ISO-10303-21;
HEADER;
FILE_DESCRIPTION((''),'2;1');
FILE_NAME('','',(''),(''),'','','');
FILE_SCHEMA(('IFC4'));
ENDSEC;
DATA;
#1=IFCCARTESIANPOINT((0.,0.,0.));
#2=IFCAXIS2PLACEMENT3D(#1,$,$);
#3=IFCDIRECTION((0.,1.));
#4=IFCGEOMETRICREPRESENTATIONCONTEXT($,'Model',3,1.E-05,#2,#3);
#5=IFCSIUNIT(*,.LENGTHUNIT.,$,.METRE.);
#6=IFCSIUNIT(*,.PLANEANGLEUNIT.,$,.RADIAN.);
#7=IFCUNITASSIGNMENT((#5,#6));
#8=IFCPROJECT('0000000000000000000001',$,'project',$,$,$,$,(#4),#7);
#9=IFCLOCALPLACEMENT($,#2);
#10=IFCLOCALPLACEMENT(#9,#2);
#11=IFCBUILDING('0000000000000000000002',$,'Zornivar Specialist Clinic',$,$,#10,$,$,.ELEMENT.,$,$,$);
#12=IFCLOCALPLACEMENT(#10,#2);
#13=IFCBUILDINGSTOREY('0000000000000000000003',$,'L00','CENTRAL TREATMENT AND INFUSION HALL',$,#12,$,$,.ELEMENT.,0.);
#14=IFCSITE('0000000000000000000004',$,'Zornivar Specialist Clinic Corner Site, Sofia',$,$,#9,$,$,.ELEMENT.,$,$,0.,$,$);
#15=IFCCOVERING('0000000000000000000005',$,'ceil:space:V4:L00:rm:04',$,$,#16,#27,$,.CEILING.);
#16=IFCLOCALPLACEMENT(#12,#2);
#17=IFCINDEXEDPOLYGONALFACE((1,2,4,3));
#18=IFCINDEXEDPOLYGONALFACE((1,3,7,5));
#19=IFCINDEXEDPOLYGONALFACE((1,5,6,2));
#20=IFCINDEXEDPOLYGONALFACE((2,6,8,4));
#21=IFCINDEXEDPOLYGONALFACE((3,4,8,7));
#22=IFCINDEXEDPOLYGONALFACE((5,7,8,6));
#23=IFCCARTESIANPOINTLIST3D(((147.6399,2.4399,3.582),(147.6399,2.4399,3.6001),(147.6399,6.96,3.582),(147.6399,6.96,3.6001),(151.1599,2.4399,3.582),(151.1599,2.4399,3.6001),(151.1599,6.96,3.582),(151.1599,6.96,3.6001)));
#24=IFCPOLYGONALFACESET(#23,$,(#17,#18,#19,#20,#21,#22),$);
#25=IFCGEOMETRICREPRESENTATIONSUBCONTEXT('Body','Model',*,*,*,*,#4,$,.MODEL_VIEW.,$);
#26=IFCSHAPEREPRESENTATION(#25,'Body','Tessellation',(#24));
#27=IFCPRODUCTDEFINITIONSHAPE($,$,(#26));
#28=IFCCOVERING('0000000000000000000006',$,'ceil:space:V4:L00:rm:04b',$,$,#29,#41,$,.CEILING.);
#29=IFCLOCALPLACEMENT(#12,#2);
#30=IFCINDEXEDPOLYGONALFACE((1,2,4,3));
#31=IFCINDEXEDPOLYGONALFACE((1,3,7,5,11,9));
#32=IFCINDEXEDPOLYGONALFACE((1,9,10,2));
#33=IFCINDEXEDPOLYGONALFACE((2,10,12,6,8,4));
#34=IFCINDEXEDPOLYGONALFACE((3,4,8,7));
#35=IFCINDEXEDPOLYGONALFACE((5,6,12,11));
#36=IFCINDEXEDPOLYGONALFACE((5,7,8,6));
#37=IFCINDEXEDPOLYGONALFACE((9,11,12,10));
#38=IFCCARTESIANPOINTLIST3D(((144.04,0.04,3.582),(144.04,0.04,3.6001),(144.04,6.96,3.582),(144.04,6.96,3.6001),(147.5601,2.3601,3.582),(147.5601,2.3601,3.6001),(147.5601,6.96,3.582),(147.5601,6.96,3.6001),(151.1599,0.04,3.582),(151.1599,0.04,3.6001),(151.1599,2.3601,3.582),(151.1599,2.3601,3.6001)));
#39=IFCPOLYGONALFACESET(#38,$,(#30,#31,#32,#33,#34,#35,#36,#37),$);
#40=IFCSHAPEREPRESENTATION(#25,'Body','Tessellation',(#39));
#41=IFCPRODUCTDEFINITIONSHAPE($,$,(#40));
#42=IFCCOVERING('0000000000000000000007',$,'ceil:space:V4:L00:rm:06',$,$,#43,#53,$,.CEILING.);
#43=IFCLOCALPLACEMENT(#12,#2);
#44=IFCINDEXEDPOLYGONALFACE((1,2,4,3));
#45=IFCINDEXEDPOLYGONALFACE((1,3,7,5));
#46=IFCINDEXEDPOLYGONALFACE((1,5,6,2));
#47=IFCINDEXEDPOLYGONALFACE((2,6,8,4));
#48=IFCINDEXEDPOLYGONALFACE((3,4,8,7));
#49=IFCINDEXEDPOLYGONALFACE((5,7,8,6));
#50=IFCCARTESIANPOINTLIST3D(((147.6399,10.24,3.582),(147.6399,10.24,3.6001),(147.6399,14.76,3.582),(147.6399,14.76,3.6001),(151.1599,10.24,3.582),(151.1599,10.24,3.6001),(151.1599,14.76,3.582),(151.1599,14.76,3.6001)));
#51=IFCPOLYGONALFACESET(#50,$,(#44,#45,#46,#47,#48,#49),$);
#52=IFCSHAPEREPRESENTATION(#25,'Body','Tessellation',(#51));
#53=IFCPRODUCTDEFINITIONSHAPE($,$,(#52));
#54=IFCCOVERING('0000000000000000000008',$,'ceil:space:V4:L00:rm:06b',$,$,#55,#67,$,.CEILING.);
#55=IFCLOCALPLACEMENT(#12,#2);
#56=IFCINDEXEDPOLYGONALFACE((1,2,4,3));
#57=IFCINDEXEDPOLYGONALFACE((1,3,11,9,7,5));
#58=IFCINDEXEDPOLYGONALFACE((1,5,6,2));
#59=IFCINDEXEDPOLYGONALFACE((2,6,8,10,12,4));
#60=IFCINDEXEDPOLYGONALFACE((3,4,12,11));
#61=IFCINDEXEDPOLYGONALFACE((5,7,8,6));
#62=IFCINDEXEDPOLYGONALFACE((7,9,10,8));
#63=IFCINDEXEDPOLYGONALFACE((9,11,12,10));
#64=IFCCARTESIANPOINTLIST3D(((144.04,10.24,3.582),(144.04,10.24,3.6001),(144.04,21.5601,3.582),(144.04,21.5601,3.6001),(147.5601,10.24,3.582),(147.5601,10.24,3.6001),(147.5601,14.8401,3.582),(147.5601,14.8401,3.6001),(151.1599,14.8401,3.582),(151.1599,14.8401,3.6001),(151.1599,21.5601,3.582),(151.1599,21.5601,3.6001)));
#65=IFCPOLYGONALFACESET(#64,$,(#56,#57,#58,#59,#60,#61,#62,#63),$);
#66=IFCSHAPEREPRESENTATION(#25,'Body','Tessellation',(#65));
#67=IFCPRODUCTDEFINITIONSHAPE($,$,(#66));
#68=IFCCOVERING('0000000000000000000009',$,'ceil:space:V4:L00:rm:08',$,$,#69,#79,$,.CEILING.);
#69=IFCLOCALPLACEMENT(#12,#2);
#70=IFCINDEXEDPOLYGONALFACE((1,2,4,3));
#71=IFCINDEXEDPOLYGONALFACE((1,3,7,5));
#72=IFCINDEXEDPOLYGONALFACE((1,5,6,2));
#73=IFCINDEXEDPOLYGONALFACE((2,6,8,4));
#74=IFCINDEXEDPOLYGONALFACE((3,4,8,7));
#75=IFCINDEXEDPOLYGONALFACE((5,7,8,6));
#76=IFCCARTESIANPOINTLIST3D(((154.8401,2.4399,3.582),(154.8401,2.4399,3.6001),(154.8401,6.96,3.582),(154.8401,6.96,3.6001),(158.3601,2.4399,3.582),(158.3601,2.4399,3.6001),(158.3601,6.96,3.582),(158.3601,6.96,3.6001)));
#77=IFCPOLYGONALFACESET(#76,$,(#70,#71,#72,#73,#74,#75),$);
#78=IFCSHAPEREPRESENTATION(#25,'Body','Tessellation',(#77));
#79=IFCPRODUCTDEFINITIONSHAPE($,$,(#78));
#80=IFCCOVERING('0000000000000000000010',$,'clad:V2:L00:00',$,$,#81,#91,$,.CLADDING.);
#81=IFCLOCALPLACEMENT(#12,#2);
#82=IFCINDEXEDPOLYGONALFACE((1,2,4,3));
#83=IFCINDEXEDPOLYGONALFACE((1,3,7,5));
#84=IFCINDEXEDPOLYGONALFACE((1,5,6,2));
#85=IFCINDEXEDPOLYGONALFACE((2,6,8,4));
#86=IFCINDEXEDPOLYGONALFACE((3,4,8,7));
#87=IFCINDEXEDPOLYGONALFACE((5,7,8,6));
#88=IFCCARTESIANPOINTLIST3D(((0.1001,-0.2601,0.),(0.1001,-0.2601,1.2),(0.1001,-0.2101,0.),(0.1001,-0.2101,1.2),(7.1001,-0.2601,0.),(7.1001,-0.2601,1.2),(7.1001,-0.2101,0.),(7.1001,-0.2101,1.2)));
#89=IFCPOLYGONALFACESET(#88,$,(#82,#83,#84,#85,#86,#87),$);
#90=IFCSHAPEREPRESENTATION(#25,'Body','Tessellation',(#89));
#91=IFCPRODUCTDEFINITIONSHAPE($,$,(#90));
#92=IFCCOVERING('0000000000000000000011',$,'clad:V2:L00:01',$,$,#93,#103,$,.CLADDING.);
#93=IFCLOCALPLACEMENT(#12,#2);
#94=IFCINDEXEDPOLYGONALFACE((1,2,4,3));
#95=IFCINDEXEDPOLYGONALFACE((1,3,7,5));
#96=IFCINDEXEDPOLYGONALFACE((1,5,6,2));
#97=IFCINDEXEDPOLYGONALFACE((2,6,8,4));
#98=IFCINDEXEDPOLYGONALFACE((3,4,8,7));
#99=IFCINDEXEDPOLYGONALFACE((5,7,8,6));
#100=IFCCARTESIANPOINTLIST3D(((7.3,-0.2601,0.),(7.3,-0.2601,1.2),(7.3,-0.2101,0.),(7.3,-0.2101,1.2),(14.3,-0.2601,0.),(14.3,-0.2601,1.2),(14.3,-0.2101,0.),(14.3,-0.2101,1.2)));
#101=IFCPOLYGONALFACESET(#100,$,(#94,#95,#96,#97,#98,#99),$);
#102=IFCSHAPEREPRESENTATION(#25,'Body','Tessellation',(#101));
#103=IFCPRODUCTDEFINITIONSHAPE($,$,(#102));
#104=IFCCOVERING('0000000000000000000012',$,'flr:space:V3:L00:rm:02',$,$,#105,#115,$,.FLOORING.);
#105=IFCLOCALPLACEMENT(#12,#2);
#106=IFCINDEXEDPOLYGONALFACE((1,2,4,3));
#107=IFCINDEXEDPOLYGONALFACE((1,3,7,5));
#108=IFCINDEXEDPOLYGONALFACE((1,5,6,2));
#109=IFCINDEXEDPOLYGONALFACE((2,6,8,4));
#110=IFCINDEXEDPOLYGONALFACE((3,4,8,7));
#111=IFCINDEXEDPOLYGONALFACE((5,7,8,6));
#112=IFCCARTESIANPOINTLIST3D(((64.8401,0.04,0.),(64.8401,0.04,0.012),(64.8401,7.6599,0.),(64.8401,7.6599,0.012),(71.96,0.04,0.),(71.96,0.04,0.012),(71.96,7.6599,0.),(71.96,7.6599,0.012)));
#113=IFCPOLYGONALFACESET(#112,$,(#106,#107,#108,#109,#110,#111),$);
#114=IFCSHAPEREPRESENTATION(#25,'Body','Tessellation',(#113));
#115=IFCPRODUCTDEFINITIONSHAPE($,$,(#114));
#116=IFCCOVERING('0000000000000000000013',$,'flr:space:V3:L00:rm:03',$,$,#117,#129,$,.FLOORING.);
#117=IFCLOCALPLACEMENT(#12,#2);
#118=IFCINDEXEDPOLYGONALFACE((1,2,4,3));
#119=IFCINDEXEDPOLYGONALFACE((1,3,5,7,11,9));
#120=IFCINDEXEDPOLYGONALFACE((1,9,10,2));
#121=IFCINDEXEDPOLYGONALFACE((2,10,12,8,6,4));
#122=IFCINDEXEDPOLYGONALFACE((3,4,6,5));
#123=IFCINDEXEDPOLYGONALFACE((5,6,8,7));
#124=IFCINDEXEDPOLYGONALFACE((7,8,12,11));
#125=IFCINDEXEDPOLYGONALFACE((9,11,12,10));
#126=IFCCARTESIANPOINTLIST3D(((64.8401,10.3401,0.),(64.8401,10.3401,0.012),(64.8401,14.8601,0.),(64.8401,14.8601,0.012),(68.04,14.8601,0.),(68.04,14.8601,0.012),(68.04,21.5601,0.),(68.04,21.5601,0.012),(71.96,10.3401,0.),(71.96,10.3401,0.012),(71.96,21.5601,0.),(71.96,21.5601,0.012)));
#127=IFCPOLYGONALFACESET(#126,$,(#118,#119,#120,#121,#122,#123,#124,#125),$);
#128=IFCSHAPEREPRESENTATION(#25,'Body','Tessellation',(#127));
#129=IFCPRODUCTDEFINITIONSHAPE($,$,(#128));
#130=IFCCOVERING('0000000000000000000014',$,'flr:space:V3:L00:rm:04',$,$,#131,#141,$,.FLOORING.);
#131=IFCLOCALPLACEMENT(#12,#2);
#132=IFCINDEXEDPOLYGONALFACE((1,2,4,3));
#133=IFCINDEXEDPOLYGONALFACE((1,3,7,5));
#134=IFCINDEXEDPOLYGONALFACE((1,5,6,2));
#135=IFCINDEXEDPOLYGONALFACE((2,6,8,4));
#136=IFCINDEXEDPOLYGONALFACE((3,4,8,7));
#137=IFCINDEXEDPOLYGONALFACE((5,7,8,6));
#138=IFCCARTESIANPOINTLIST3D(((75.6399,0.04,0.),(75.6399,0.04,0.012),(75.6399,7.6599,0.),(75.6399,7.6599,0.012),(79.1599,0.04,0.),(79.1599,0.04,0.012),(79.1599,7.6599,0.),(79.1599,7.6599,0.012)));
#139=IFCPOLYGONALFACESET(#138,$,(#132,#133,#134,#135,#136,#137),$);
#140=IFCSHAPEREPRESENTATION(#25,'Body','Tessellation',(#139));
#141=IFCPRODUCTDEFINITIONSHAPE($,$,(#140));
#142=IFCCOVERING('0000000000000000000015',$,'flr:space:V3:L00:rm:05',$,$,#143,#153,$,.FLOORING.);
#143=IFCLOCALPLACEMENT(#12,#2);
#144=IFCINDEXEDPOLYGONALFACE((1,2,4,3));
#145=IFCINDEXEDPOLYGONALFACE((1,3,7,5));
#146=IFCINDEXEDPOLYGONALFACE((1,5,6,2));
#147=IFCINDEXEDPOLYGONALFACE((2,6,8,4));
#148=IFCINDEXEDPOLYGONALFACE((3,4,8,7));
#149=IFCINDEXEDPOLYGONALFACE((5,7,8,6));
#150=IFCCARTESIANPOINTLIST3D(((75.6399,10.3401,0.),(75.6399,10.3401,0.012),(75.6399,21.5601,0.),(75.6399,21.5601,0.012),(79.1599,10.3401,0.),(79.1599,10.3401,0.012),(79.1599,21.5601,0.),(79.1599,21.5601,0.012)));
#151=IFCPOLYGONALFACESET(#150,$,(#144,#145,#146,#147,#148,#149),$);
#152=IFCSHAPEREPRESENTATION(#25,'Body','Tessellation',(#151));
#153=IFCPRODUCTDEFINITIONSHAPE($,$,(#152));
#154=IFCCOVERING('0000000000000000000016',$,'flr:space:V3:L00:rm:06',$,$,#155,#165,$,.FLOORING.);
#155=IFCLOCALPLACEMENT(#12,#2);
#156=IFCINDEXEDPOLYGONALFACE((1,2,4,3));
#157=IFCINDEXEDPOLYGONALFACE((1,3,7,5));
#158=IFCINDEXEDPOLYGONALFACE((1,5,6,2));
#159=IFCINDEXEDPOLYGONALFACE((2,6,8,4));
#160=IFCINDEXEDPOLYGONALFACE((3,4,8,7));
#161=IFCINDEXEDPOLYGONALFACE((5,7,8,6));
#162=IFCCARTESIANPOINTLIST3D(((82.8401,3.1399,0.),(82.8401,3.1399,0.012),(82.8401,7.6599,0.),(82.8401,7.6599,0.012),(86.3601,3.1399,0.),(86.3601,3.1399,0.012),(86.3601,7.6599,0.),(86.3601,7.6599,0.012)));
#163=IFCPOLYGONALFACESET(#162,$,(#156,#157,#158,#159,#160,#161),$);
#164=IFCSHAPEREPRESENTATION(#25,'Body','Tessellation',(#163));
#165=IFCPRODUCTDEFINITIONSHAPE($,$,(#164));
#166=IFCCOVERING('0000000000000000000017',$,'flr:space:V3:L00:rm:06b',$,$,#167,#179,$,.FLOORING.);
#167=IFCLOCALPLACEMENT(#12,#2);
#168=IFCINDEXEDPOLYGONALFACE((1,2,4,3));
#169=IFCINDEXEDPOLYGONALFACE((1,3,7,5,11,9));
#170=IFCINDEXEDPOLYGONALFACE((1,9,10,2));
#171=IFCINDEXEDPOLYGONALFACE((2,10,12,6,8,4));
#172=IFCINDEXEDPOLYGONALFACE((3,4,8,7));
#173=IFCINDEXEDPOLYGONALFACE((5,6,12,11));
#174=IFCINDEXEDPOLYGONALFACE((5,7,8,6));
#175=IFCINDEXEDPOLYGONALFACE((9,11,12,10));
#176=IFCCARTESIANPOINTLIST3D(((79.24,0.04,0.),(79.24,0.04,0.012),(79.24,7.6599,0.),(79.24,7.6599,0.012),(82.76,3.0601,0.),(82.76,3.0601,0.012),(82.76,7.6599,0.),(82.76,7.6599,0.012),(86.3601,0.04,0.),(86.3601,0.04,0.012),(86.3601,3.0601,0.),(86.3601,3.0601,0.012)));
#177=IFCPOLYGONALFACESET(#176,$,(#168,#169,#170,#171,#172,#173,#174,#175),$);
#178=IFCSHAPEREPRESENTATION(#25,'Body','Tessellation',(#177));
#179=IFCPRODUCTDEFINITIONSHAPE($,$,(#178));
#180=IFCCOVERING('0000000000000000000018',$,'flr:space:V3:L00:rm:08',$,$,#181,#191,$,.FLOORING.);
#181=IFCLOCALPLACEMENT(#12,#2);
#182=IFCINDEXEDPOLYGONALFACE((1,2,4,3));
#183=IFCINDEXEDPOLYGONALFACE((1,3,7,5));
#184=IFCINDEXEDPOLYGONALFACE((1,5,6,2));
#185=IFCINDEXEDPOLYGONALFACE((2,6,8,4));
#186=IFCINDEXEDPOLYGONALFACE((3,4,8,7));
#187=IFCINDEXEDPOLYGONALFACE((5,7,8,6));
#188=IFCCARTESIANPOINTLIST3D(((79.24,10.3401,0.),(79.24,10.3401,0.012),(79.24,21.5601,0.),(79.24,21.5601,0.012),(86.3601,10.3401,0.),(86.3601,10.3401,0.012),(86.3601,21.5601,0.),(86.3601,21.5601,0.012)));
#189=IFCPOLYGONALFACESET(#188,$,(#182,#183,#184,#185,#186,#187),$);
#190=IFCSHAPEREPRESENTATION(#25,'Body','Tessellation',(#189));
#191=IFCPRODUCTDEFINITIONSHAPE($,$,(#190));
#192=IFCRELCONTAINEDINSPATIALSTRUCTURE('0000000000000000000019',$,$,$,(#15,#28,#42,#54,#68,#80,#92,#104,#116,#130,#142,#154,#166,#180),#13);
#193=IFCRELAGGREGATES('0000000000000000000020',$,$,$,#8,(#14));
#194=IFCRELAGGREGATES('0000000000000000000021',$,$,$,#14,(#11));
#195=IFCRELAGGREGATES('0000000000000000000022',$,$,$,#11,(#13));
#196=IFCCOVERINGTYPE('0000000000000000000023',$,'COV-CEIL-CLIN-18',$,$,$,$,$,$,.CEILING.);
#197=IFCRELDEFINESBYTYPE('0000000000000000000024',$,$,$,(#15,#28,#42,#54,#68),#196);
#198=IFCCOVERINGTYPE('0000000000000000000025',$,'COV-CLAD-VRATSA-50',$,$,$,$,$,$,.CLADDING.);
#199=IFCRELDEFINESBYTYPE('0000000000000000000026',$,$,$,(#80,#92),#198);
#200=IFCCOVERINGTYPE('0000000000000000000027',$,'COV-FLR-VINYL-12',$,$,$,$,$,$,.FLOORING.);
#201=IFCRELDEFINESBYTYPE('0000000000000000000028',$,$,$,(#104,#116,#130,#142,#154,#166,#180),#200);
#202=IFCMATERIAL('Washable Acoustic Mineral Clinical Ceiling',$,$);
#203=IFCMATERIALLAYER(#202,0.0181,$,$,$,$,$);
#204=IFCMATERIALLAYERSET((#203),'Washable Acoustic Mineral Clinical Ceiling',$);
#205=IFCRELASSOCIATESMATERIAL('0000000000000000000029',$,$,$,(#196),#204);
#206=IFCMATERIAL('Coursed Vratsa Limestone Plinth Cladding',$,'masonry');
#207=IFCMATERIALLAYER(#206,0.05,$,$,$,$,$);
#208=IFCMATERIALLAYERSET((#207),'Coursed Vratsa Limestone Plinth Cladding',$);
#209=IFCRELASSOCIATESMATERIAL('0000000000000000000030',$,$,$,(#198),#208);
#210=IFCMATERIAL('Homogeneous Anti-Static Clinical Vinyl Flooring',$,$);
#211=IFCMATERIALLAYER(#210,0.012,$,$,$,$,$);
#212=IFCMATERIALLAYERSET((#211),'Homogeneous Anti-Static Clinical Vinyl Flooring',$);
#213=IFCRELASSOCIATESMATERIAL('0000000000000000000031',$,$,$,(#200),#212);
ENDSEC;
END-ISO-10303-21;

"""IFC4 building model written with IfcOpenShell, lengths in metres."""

from ifc_helpers import new_model, si_unit, direction, frame, origin, origin_2d, place, context, subcontext, project, spatial, polyline, rectangle, outline, extrude, material, layer, layer_set, type_object, element, save


model = new_model("IFC4")

# Units and contexts
model_context = context("Model", 3, precision=1e-05, world=origin(), true_north=direction((0.0, 1.0)))
body_context = subcontext(model_context, "Body", "Model", "MODEL_VIEW")
ifc_project = project(units=[si_unit("LENGTHUNIT", "METRE"), si_unit("PLANEANGLEUNIT", "RADIAN")], contexts=[model_context])

# Site, building, storey
site_placement = place(None, origin())
site = spatial("IfcSite", under=ifc_project, at=site_placement, Name="Zornivar Specialist Clinic Corner Site, Sofia", CompositionType="ELEMENT", RefElevation=0.0)
building_placement = place(site_placement, origin())
building = spatial("IfcBuilding", under=site, at=building_placement, Name="Zornivar Specialist Clinic", CompositionType="ELEMENT")
storey_placement = place(building_placement, origin())
storey = spatial("IfcBuildingStorey", under=building, at=storey_placement, Name="L00", Description="CENTRAL TREATMENT AND INFUSION HALL", CompositionType="ELEMENT", Elevation=0.0)

# Coverings
ifc_material_1 = material(Name="Washable Acoustic Mineral Clinical Ceiling")
ifc_layer_1 = layer(ifc_material_1, 0.0181)
ifc_layer_set_1 = layer_set([ifc_layer_1], Name="Washable Acoustic Mineral Clinical Ceiling")
covering_type_1 = type_object("IfcCoveringType", Name="COV-CEIL-CLIN-18", PredefinedType="CEILING", material=ifc_layer_set_1)
covering_1_placement = place(storey_placement, frame((0.0, 0.0, 3.582)))
element("IfcCovering", 1, at=covering_1_placement, inside=storey, type_object=covering_type_1, Name="ceil:space:V4:L00:rm:04", PredefinedType="CEILING", context=body_context, shape_type="SweptSolid", body=[
    extrude(outline(polyline([(151.1599, 2.4399), (147.6399, 2.4399), (147.6399, 6.96), (151.1599, 6.96), (151.1599, 2.4399)])), origin(), (0.0, 0.0, 1.0), 0.0181),
])
covering_2_placement = place(storey_placement, frame((0.0, 0.0, 3.582)))
element("IfcCovering", 2, at=covering_2_placement, inside=storey, type_object=covering_type_1, Name="ceil:space:V4:L00:rm:04b", PredefinedType="CEILING", context=body_context, shape_type="SweptSolid", body=[
    extrude(outline(polyline([(147.5601, 6.96), (147.5601, 2.3601), (151.1599, 2.3601), (151.1599, 0.04), (144.04, 0.04), (144.04, 6.96), (147.5601, 6.96)])), origin(), (0.0, 0.0, 1.0), 0.0181),
])
covering_3_placement = place(storey_placement, frame((0.0, 0.0, 3.582)))
element("IfcCovering", 3, at=covering_3_placement, inside=storey, type_object=covering_type_1, Name="ceil:space:V4:L00:rm:06", PredefinedType="CEILING", context=body_context, shape_type="SweptSolid", body=[
    extrude(outline(polyline([(147.6399, 14.76), (151.1599, 14.76), (151.1599, 10.24), (147.6399, 10.24), (147.6399, 14.76)])), origin(), (0.0, 0.0, 1.0), 0.0181),
])
covering_4_placement = place(storey_placement, frame((0.0, 0.0, 3.582)))
element("IfcCovering", 4, at=covering_4_placement, inside=storey, type_object=covering_type_1, Name="ceil:space:V4:L00:rm:06b", PredefinedType="CEILING", context=body_context, shape_type="SweptSolid", body=[
    extrude(outline(polyline([(144.04, 21.5601), (151.1599, 21.5601), (151.1599, 14.8401), (147.5601, 14.8401), (147.5601, 10.24), (144.04, 10.24), (144.04, 21.5601)])), origin(), (0.0, 0.0, 1.0), 0.0181),
])
covering_5_placement = place(storey_placement, frame((0.0, 0.0, 3.582)))
element("IfcCovering", 5, at=covering_5_placement, inside=storey, type_object=covering_type_1, Name="ceil:space:V4:L00:rm:08", PredefinedType="CEILING", context=body_context, shape_type="SweptSolid", body=[
    extrude(outline(polyline([(158.3601, 2.4399), (154.8401, 2.4399), (154.8401, 6.96), (158.3601, 6.96), (158.3601, 2.4399)])), origin(), (0.0, 0.0, 1.0), 0.0181),
])
ifc_material_2 = material(Name="Coursed Vratsa Limestone Plinth Cladding", Category="masonry")
ifc_layer_2 = layer(ifc_material_2, 0.05)
ifc_layer_set_2 = layer_set([ifc_layer_2], Name="Coursed Vratsa Limestone Plinth Cladding")
covering_type_2 = type_object("IfcCoveringType", Name="COV-CLAD-VRATSA-50", PredefinedType="CLADDING", material=ifc_layer_set_2)
for number, where, z_axis, x_axis, name in (
    (6, (3.6001, -0.2351, 0.0), (0.0, 0.0, 1.0), (1.0, 0.0, 0.0), "clad:V2:L00:00"),
    (7, (10.8, -0.2351, 0.0), (0.0, 0.0, 1.0), (1.0, 0.0, 0.0), "clad:V2:L00:01"),
):
    element("IfcCovering", number, at=place(storey_placement, frame(where, z_axis=z_axis, x_axis=x_axis)), inside=storey, type_object=covering_type_2, Name=name, PredefinedType="CLADDING", context=body_context, shape_type="SweptSolid", body=[
        extrude(rectangle(XDim=7.0, YDim=0.05, at=origin_2d()), origin(), (0.0, 0.0, 1.0), 1.2),
    ])
ifc_material_3 = material(Name="Homogeneous Anti-Static Clinical Vinyl Flooring")
ifc_layer_3 = layer(ifc_material_3, 0.012)
ifc_layer_set_3 = layer_set([ifc_layer_3], Name="Homogeneous Anti-Static Clinical Vinyl Flooring")
covering_type_3 = type_object("IfcCoveringType", Name="COV-FLR-VINYL-12", PredefinedType="FLOORING", material=ifc_layer_set_3)
covering_6_placement = place(storey_placement, origin())
element("IfcCovering", 8, at=covering_6_placement, inside=storey, type_object=covering_type_3, Name="flr:space:V3:L00:rm:02", PredefinedType="FLOORING", context=body_context, shape_type="SweptSolid", body=[
    extrude(outline(polyline([(71.96, 0.04), (64.8401, 0.04), (64.8401, 7.6599), (71.96, 7.6599), (71.96, 0.04)])), origin(), (0.0, 0.0, 1.0), 0.012),
])
covering_7_placement = place(storey_placement, origin())
element("IfcCovering", 9, at=covering_7_placement, inside=storey, type_object=covering_type_3, Name="flr:space:V3:L00:rm:03", PredefinedType="FLOORING", context=body_context, shape_type="SweptSolid", body=[
    extrude(outline(polyline([(71.96, 21.5601), (71.96, 10.3401), (64.8401, 10.3401), (64.8401, 14.8601), (68.04, 14.8601), (68.04, 21.5601), (71.96, 21.5601)])), origin(), (0.0, 0.0, 1.0), 0.012),
])
covering_8_placement = place(storey_placement, origin())
element("IfcCovering", 10, at=covering_8_placement, inside=storey, type_object=covering_type_3, Name="flr:space:V3:L00:rm:04", PredefinedType="FLOORING", context=body_context, shape_type="SweptSolid", body=[
    extrude(outline(polyline([(75.6399, 7.6599), (79.1599, 7.6599), (79.1599, 0.04), (75.6399, 0.04), (75.6399, 7.6599)])), origin(), (0.0, 0.0, 1.0), 0.012),
])
covering_9_placement = place(storey_placement, origin())
element("IfcCovering", 11, at=covering_9_placement, inside=storey, type_object=covering_type_3, Name="flr:space:V3:L00:rm:05", PredefinedType="FLOORING", context=body_context, shape_type="SweptSolid", body=[
    extrude(outline(polyline([(75.6399, 21.5601), (79.1599, 21.5601), (79.1599, 10.3401), (75.6399, 10.3401), (75.6399, 21.5601)])), origin(), (0.0, 0.0, 1.0), 0.012),
])
covering_10_placement = place(storey_placement, origin())
element("IfcCovering", 12, at=covering_10_placement, inside=storey, type_object=covering_type_3, Name="flr:space:V3:L00:rm:06", PredefinedType="FLOORING", context=body_context, shape_type="SweptSolid", body=[
    extrude(outline(polyline([(86.3601, 3.1399), (82.8401, 3.1399), (82.8401, 7.6599), (86.3601, 7.6599), (86.3601, 3.1399)])), origin(), (0.0, 0.0, 1.0), 0.012),
])
covering_11_placement = place(storey_placement, origin())
element("IfcCovering", 13, at=covering_11_placement, inside=storey, type_object=covering_type_3, Name="flr:space:V3:L00:rm:06b", PredefinedType="FLOORING", context=body_context, shape_type="SweptSolid", body=[
    extrude(outline(polyline([(82.76, 7.6599), (82.76, 3.0601), (86.3601, 3.0601), (86.3601, 0.04), (79.24, 0.04), (79.24, 7.6599), (82.76, 7.6599)])), origin(), (0.0, 0.0, 1.0), 0.012),
])
covering_12_placement = place(storey_placement, origin())
element("IfcCovering", 14, at=covering_12_placement, inside=storey, type_object=covering_type_3, Name="flr:space:V3:L00:rm:08", PredefinedType="FLOORING", context=body_context, shape_type="SweptSolid", body=[
    extrude(outline(polyline([(79.24, 21.5601), (86.3601, 21.5601), (86.3601, 10.3401), (79.24, 10.3401), (79.24, 21.5601)])), origin(), (0.0, 0.0, 1.0), 0.012),
])

save(model, "model.ifc")
